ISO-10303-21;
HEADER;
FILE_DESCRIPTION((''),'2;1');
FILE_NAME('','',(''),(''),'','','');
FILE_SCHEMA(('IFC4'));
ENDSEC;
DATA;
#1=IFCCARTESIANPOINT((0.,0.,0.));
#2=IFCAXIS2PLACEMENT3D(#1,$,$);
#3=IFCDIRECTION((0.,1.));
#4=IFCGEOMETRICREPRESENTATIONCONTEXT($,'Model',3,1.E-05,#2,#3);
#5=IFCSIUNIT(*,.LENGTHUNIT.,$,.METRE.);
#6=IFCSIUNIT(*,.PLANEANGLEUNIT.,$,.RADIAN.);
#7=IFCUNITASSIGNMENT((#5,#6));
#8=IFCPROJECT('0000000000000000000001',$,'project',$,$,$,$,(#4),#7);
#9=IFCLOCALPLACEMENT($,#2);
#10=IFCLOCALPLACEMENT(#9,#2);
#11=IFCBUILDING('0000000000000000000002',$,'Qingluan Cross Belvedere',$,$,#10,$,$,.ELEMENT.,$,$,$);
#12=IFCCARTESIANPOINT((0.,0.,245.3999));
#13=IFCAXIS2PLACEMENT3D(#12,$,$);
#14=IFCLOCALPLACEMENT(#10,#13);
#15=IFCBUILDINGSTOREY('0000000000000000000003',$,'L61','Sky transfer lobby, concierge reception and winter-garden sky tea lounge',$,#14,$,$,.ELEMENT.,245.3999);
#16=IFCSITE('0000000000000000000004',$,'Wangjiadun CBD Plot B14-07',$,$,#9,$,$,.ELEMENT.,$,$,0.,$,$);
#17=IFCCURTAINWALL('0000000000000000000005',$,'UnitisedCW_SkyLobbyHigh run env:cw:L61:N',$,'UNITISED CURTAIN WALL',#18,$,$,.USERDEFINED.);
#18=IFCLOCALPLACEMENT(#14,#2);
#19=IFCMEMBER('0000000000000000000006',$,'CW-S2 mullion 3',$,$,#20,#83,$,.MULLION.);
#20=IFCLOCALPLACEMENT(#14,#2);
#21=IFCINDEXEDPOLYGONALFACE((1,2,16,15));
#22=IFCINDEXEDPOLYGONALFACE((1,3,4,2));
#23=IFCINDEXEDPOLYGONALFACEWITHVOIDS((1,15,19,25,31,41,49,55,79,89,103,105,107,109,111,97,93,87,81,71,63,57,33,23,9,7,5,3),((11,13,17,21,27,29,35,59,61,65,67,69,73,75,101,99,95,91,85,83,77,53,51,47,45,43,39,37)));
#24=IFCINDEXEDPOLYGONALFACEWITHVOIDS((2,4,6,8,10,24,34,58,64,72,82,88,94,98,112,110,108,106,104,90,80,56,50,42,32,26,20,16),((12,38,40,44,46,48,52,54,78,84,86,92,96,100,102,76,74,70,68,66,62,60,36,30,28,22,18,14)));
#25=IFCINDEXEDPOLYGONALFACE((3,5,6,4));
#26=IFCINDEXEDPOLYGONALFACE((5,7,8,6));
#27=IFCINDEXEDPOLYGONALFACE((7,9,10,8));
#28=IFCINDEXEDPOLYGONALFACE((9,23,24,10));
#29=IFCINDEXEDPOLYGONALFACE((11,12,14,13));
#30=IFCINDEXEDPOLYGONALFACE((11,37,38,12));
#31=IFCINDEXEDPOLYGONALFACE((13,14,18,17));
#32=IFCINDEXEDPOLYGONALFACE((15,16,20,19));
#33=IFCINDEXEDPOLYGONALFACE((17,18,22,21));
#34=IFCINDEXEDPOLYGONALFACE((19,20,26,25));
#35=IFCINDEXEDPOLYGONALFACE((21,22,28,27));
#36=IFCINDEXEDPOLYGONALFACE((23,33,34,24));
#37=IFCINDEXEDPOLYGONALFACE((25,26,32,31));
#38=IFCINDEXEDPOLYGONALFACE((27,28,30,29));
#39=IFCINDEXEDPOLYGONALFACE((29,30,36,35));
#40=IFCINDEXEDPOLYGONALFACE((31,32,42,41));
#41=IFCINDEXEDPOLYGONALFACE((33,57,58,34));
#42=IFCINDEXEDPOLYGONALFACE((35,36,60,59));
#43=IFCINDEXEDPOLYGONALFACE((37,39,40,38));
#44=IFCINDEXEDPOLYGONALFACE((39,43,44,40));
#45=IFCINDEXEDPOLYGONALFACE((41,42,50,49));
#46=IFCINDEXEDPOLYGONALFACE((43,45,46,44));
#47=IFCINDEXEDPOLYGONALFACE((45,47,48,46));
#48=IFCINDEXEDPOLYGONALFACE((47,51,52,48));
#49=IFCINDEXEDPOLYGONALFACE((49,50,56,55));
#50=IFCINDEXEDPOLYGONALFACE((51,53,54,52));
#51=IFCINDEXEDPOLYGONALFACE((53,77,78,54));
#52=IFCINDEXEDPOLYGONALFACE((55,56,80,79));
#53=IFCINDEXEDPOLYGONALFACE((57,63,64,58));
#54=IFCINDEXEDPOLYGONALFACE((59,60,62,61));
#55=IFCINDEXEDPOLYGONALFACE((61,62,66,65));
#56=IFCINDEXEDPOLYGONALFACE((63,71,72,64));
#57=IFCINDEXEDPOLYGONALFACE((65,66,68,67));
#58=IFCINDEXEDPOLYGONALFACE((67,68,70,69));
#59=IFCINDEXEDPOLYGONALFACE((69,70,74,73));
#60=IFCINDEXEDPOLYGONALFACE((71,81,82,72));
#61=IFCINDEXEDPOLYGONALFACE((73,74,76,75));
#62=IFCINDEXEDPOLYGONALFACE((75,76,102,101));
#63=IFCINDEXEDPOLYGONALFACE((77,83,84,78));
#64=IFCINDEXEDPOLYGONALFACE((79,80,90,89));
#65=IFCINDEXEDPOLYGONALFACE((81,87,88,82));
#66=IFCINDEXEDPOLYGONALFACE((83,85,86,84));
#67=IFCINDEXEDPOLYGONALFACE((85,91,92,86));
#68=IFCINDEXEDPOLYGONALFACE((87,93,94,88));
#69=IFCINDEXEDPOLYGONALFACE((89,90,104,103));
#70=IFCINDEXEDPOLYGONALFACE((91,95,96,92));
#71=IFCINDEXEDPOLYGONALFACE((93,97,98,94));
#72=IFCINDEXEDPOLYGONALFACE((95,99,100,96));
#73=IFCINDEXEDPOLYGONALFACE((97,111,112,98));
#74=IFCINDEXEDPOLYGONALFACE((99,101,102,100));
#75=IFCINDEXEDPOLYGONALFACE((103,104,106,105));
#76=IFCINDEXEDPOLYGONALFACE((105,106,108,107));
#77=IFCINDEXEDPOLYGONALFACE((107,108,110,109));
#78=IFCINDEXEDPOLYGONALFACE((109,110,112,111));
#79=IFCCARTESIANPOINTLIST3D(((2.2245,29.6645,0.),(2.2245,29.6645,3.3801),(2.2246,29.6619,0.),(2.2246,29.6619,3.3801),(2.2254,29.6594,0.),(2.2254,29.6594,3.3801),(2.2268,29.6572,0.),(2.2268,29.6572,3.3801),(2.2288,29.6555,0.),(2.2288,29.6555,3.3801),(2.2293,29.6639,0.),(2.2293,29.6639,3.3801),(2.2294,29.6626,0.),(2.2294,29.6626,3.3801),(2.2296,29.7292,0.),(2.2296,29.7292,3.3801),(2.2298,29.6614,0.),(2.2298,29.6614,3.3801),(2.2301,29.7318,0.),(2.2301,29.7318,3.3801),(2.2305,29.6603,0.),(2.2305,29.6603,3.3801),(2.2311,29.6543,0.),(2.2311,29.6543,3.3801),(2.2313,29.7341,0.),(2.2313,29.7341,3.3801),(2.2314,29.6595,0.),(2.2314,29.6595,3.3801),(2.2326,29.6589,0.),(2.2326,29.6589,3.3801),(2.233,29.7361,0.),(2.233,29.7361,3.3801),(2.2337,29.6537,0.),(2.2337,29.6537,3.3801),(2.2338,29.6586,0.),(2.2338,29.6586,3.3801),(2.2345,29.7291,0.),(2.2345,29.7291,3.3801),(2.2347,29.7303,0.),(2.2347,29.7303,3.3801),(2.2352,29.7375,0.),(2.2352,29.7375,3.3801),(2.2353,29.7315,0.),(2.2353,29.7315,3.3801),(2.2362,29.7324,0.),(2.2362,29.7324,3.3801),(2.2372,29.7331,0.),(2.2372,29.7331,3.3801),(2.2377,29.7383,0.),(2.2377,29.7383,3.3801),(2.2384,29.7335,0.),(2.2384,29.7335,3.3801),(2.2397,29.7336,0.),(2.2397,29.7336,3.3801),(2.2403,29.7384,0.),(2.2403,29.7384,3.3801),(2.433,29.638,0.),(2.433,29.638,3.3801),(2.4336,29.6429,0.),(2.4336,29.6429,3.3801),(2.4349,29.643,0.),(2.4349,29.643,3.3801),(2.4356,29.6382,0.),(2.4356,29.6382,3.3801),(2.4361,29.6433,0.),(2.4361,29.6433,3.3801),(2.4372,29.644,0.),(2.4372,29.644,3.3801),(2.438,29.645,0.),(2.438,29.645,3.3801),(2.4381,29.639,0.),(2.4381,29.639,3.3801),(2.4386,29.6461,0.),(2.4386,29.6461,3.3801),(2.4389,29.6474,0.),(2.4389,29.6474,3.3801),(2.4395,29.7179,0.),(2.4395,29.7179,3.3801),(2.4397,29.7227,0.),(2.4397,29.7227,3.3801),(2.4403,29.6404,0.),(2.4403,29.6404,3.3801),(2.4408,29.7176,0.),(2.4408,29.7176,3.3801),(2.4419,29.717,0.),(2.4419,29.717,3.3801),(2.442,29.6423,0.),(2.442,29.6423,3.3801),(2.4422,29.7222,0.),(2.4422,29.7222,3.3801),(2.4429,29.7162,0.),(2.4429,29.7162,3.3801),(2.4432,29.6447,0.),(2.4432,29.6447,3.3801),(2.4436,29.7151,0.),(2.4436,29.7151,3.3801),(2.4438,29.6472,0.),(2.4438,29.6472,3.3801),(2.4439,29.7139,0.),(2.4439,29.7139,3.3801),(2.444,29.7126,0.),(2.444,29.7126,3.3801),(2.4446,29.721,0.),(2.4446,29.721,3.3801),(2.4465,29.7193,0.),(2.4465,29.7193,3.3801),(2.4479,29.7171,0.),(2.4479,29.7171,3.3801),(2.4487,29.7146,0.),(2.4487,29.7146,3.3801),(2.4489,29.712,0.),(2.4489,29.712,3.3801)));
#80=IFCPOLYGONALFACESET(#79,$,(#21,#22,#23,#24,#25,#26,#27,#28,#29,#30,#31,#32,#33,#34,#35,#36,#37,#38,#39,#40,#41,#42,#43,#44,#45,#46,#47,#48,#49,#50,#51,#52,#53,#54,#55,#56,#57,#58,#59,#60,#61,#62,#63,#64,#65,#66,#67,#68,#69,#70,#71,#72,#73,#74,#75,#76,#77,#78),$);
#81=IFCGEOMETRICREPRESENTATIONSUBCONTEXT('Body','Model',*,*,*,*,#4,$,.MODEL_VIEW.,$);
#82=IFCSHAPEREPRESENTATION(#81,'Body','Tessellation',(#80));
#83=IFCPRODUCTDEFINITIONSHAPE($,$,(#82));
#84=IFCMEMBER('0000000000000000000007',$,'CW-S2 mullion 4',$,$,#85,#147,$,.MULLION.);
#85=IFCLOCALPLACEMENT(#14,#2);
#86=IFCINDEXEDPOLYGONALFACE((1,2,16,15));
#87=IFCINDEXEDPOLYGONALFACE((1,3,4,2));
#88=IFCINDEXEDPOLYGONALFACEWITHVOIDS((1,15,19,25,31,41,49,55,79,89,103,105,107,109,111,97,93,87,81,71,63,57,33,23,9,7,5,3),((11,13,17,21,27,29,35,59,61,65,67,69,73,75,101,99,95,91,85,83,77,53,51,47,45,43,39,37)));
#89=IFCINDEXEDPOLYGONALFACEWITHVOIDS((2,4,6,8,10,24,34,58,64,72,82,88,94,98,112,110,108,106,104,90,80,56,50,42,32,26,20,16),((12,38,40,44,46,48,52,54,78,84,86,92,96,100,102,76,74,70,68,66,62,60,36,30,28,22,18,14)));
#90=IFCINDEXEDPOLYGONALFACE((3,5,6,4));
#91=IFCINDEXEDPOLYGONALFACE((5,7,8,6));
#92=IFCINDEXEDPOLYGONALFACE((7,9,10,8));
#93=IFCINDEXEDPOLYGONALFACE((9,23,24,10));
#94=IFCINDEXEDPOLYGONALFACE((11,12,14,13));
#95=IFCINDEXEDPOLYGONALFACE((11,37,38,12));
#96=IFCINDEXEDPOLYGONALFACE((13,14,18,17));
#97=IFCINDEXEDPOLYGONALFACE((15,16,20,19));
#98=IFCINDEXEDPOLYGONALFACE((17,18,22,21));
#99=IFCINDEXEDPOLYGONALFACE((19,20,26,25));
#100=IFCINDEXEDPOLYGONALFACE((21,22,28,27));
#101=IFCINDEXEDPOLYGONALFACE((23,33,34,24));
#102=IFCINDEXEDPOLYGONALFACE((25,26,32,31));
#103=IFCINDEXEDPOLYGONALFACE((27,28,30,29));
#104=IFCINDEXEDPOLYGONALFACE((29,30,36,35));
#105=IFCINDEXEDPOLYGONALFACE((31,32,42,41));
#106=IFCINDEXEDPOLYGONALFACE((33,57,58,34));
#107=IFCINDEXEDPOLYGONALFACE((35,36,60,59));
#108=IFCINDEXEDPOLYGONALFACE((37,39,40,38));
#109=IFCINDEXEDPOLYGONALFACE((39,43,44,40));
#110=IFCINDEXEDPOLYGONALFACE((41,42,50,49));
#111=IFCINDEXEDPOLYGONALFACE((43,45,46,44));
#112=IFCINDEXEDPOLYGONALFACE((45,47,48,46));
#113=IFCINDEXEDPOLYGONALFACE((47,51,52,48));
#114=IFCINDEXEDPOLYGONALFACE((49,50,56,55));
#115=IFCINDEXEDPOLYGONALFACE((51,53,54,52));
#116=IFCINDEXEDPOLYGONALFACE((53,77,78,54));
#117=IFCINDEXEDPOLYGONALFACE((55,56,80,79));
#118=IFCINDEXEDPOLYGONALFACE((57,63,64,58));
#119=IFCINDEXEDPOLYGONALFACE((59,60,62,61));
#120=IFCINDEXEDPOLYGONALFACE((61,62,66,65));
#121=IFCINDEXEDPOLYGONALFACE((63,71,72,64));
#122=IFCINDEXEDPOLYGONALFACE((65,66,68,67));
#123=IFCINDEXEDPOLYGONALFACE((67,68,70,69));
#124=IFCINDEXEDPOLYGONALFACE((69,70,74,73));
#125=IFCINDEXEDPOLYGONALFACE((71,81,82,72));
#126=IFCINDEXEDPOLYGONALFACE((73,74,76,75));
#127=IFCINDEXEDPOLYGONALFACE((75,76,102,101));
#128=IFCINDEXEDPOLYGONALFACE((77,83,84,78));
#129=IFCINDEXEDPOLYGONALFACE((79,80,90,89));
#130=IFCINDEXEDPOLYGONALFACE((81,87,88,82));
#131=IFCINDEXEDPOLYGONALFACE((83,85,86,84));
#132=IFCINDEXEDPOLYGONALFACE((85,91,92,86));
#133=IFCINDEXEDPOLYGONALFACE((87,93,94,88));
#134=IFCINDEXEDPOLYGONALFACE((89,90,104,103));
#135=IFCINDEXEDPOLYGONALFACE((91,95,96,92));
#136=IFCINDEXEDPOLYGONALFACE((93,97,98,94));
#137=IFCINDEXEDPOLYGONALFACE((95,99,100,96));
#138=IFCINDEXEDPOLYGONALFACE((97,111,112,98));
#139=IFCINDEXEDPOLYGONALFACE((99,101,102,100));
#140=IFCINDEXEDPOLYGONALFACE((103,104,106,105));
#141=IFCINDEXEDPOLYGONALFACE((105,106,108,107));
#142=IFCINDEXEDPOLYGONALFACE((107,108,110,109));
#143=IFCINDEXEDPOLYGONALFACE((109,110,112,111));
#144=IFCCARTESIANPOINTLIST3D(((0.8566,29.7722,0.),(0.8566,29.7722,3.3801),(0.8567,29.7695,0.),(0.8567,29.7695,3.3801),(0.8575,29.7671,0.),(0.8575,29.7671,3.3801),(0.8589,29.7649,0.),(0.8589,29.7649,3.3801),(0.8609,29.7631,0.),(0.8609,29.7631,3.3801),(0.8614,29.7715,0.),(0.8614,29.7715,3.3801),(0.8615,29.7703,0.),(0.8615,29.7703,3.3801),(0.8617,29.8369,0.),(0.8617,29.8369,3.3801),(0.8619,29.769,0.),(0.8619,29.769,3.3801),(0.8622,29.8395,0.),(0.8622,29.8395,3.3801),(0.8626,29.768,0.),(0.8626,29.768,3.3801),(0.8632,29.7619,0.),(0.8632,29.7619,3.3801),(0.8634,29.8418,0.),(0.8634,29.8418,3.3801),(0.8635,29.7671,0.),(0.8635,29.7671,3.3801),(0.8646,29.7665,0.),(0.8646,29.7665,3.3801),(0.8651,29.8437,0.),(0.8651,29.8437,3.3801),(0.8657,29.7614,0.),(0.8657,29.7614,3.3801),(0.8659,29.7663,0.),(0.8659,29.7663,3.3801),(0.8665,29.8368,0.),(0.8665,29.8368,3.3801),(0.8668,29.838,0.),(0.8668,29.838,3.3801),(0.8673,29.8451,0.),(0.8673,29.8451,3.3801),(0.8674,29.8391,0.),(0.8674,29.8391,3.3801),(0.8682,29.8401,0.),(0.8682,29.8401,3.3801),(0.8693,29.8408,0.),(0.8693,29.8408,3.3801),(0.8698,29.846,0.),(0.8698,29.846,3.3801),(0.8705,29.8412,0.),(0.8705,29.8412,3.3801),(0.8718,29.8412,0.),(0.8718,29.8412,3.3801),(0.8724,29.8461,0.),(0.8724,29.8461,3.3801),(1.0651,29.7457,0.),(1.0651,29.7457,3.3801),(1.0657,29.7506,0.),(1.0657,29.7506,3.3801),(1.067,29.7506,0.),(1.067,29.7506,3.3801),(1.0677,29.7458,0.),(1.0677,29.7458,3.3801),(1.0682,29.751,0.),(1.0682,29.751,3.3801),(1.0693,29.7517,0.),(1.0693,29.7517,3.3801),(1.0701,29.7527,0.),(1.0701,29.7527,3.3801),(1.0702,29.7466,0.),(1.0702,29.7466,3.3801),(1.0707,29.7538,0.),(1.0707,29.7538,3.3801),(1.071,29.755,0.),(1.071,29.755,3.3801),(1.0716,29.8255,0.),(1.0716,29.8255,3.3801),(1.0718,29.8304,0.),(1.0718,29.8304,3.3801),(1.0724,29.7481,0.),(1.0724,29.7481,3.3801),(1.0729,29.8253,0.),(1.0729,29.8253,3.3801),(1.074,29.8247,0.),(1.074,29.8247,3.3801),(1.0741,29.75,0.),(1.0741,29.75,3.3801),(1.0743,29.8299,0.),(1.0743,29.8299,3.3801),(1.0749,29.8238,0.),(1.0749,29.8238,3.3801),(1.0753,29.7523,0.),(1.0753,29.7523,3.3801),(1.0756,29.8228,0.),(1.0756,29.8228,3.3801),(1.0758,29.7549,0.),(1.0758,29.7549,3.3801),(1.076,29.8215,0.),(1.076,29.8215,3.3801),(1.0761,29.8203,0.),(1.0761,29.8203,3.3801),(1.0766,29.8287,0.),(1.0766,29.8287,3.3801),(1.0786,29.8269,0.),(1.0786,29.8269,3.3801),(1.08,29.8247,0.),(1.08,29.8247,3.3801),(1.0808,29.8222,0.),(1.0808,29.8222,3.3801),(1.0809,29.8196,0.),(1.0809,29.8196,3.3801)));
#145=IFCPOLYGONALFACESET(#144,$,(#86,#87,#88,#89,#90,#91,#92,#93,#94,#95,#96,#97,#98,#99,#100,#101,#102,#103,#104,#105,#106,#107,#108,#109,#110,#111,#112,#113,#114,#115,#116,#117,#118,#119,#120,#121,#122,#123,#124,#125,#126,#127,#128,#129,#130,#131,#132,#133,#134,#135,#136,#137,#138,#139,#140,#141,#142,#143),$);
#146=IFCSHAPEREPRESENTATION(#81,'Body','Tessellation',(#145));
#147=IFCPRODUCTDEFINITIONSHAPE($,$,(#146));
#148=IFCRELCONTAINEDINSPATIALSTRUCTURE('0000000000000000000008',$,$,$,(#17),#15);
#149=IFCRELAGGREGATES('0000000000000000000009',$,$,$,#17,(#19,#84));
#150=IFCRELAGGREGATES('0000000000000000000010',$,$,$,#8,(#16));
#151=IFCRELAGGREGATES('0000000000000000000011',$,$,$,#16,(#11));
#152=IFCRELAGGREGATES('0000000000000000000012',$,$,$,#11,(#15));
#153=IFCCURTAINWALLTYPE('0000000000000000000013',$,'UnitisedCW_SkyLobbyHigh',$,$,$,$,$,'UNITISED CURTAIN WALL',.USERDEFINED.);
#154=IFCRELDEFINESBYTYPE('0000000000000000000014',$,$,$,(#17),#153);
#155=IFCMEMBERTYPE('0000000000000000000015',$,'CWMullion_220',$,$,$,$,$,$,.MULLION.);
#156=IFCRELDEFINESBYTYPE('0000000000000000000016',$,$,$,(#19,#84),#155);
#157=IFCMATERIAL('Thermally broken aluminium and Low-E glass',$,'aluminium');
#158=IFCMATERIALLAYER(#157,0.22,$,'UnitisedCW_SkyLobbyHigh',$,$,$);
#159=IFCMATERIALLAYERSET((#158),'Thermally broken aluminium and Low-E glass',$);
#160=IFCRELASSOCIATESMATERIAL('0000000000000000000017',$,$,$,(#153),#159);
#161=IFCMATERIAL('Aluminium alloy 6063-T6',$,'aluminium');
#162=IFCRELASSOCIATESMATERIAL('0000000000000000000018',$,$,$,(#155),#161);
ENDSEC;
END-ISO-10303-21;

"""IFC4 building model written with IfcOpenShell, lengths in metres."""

from ifc_helpers import new_model, si_unit, direction, frame, origin, origin_2d, place, context, subcontext, project, spatial, hollow_rectangle, extrude, material, layer, layer_set, material_profile, profile_set, type_object, element, aggregate, save


model = new_model("IFC4")

# Units and contexts
model_context = context("Model", 3, precision=1e-05, world=origin(), true_north=direction((0.0, 1.0)))
body_context = subcontext(model_context, "Body", "Model", "MODEL_VIEW")
ifc_project = project(units=[si_unit("LENGTHUNIT", "METRE"), si_unit("PLANEANGLEUNIT", "RADIAN")], contexts=[model_context])

# Site, building, storey
site_placement = place(None, origin())
site = spatial("IfcSite", under=ifc_project, at=site_placement, Name="Wangjiadun CBD Plot B14-07", CompositionType="ELEMENT", RefElevation=0.0)
building_placement = place(site_placement, origin())
building = spatial("IfcBuilding", under=site, at=building_placement, Name="Qingluan Cross Belvedere", CompositionType="ELEMENT")
storey_placement = place(building_placement, frame((0.0, 0.0, 245.3999)))
storey = spatial("IfcBuildingStorey", under=building, at=storey_placement, Name="L61", Description="Sky transfer lobby, concierge reception and winter-garden sky tea lounge", CompositionType="ELEMENT", Elevation=245.3999)

# Curtain wall, members
ifc_material_1 = material(Name="Thermally broken aluminium and Low-E glass", Category="aluminium")
ifc_layer_1 = layer(ifc_material_1, 0.22, Name="UnitisedCW_SkyLobbyHigh")
ifc_layer_set_1 = layer_set([ifc_layer_1], Name="Thermally broken aluminium and Low-E glass")
curtain_wall_type = type_object("IfcCurtainWallType", Name="UnitisedCW_SkyLobbyHigh", ElementType="UNITISED CURTAIN WALL", PredefinedType="USERDEFINED", material=ifc_layer_set_1)
curtain_wall_placement = place(storey_placement, origin())
curtain_wall = element("IfcCurtainWall", 1, at=curtain_wall_placement, inside=storey, type_object=curtain_wall_type, Name="UnitisedCW_SkyLobbyHigh run env:cw:L61:N", ObjectType="UNITISED CURTAIN WALL", PredefinedType="USERDEFINED")
ifc_material_2 = material(Name="Aluminium alloy 6063-T6", Category="aluminium")
ifc_material_profile_1 = material_profile(ifc_material_2, hollow_rectangle(XDim=0.085, YDim=0.22, WallThickness=0.0049, InnerFilletRadius=0.0049, OuterFilletRadius=0.01, at=origin_2d()), Name="CWM220x85x5")
ifc_profile_set_1 = profile_set([ifc_material_profile_1], Name="Aluminium alloy 6063-T6")
member_type_1 = type_object("IfcMemberType", Name="CWMullion_220", PredefinedType="MULLION", material=ifc_profile_set_1)
member_1_placement = place(storey_placement, frame((2.3367, 29.6882, 0.0), z_axis=(0.0, 0.0, 1.0), x_axis=(-0.078462, -0.996917, 0.0)))
member_1 = element("IfcMember", 2, at=member_1_placement, type_object=member_type_1, Name="CW-S2 mullion 3", PredefinedType="MULLION", context=body_context, shape_type="SweptSolid", body=[
    extrude(hollow_rectangle(XDim=0.085, YDim=0.22, WallThickness=0.0049, InnerFilletRadius=0.0049, OuterFilletRadius=0.01, at=origin_2d()), origin(), (0.0, 0.0, 1.0), 3.3801),
])
member_2_placement = place(storey_placement, frame((0.9688, 29.7959, 0.0), z_axis=(0.0, 0.0, 1.0), x_axis=(-0.078462, -0.996917, 0.0)))
member_2 = element("IfcMember", 3, at=member_2_placement, type_object=member_type_1, Name="CW-S2 mullion 4", PredefinedType="MULLION", context=body_context, shape_type="SweptSolid", body=[
    extrude(hollow_rectangle(XDim=0.085, YDim=0.22, WallThickness=0.0049, InnerFilletRadius=0.0049, OuterFilletRadius=0.01, at=origin_2d()), origin(), (0.0, 0.0, 1.0), 3.3801),
])
aggregate(curtain_wall, [member_1, member_2])

save(model, "model.ifc")
